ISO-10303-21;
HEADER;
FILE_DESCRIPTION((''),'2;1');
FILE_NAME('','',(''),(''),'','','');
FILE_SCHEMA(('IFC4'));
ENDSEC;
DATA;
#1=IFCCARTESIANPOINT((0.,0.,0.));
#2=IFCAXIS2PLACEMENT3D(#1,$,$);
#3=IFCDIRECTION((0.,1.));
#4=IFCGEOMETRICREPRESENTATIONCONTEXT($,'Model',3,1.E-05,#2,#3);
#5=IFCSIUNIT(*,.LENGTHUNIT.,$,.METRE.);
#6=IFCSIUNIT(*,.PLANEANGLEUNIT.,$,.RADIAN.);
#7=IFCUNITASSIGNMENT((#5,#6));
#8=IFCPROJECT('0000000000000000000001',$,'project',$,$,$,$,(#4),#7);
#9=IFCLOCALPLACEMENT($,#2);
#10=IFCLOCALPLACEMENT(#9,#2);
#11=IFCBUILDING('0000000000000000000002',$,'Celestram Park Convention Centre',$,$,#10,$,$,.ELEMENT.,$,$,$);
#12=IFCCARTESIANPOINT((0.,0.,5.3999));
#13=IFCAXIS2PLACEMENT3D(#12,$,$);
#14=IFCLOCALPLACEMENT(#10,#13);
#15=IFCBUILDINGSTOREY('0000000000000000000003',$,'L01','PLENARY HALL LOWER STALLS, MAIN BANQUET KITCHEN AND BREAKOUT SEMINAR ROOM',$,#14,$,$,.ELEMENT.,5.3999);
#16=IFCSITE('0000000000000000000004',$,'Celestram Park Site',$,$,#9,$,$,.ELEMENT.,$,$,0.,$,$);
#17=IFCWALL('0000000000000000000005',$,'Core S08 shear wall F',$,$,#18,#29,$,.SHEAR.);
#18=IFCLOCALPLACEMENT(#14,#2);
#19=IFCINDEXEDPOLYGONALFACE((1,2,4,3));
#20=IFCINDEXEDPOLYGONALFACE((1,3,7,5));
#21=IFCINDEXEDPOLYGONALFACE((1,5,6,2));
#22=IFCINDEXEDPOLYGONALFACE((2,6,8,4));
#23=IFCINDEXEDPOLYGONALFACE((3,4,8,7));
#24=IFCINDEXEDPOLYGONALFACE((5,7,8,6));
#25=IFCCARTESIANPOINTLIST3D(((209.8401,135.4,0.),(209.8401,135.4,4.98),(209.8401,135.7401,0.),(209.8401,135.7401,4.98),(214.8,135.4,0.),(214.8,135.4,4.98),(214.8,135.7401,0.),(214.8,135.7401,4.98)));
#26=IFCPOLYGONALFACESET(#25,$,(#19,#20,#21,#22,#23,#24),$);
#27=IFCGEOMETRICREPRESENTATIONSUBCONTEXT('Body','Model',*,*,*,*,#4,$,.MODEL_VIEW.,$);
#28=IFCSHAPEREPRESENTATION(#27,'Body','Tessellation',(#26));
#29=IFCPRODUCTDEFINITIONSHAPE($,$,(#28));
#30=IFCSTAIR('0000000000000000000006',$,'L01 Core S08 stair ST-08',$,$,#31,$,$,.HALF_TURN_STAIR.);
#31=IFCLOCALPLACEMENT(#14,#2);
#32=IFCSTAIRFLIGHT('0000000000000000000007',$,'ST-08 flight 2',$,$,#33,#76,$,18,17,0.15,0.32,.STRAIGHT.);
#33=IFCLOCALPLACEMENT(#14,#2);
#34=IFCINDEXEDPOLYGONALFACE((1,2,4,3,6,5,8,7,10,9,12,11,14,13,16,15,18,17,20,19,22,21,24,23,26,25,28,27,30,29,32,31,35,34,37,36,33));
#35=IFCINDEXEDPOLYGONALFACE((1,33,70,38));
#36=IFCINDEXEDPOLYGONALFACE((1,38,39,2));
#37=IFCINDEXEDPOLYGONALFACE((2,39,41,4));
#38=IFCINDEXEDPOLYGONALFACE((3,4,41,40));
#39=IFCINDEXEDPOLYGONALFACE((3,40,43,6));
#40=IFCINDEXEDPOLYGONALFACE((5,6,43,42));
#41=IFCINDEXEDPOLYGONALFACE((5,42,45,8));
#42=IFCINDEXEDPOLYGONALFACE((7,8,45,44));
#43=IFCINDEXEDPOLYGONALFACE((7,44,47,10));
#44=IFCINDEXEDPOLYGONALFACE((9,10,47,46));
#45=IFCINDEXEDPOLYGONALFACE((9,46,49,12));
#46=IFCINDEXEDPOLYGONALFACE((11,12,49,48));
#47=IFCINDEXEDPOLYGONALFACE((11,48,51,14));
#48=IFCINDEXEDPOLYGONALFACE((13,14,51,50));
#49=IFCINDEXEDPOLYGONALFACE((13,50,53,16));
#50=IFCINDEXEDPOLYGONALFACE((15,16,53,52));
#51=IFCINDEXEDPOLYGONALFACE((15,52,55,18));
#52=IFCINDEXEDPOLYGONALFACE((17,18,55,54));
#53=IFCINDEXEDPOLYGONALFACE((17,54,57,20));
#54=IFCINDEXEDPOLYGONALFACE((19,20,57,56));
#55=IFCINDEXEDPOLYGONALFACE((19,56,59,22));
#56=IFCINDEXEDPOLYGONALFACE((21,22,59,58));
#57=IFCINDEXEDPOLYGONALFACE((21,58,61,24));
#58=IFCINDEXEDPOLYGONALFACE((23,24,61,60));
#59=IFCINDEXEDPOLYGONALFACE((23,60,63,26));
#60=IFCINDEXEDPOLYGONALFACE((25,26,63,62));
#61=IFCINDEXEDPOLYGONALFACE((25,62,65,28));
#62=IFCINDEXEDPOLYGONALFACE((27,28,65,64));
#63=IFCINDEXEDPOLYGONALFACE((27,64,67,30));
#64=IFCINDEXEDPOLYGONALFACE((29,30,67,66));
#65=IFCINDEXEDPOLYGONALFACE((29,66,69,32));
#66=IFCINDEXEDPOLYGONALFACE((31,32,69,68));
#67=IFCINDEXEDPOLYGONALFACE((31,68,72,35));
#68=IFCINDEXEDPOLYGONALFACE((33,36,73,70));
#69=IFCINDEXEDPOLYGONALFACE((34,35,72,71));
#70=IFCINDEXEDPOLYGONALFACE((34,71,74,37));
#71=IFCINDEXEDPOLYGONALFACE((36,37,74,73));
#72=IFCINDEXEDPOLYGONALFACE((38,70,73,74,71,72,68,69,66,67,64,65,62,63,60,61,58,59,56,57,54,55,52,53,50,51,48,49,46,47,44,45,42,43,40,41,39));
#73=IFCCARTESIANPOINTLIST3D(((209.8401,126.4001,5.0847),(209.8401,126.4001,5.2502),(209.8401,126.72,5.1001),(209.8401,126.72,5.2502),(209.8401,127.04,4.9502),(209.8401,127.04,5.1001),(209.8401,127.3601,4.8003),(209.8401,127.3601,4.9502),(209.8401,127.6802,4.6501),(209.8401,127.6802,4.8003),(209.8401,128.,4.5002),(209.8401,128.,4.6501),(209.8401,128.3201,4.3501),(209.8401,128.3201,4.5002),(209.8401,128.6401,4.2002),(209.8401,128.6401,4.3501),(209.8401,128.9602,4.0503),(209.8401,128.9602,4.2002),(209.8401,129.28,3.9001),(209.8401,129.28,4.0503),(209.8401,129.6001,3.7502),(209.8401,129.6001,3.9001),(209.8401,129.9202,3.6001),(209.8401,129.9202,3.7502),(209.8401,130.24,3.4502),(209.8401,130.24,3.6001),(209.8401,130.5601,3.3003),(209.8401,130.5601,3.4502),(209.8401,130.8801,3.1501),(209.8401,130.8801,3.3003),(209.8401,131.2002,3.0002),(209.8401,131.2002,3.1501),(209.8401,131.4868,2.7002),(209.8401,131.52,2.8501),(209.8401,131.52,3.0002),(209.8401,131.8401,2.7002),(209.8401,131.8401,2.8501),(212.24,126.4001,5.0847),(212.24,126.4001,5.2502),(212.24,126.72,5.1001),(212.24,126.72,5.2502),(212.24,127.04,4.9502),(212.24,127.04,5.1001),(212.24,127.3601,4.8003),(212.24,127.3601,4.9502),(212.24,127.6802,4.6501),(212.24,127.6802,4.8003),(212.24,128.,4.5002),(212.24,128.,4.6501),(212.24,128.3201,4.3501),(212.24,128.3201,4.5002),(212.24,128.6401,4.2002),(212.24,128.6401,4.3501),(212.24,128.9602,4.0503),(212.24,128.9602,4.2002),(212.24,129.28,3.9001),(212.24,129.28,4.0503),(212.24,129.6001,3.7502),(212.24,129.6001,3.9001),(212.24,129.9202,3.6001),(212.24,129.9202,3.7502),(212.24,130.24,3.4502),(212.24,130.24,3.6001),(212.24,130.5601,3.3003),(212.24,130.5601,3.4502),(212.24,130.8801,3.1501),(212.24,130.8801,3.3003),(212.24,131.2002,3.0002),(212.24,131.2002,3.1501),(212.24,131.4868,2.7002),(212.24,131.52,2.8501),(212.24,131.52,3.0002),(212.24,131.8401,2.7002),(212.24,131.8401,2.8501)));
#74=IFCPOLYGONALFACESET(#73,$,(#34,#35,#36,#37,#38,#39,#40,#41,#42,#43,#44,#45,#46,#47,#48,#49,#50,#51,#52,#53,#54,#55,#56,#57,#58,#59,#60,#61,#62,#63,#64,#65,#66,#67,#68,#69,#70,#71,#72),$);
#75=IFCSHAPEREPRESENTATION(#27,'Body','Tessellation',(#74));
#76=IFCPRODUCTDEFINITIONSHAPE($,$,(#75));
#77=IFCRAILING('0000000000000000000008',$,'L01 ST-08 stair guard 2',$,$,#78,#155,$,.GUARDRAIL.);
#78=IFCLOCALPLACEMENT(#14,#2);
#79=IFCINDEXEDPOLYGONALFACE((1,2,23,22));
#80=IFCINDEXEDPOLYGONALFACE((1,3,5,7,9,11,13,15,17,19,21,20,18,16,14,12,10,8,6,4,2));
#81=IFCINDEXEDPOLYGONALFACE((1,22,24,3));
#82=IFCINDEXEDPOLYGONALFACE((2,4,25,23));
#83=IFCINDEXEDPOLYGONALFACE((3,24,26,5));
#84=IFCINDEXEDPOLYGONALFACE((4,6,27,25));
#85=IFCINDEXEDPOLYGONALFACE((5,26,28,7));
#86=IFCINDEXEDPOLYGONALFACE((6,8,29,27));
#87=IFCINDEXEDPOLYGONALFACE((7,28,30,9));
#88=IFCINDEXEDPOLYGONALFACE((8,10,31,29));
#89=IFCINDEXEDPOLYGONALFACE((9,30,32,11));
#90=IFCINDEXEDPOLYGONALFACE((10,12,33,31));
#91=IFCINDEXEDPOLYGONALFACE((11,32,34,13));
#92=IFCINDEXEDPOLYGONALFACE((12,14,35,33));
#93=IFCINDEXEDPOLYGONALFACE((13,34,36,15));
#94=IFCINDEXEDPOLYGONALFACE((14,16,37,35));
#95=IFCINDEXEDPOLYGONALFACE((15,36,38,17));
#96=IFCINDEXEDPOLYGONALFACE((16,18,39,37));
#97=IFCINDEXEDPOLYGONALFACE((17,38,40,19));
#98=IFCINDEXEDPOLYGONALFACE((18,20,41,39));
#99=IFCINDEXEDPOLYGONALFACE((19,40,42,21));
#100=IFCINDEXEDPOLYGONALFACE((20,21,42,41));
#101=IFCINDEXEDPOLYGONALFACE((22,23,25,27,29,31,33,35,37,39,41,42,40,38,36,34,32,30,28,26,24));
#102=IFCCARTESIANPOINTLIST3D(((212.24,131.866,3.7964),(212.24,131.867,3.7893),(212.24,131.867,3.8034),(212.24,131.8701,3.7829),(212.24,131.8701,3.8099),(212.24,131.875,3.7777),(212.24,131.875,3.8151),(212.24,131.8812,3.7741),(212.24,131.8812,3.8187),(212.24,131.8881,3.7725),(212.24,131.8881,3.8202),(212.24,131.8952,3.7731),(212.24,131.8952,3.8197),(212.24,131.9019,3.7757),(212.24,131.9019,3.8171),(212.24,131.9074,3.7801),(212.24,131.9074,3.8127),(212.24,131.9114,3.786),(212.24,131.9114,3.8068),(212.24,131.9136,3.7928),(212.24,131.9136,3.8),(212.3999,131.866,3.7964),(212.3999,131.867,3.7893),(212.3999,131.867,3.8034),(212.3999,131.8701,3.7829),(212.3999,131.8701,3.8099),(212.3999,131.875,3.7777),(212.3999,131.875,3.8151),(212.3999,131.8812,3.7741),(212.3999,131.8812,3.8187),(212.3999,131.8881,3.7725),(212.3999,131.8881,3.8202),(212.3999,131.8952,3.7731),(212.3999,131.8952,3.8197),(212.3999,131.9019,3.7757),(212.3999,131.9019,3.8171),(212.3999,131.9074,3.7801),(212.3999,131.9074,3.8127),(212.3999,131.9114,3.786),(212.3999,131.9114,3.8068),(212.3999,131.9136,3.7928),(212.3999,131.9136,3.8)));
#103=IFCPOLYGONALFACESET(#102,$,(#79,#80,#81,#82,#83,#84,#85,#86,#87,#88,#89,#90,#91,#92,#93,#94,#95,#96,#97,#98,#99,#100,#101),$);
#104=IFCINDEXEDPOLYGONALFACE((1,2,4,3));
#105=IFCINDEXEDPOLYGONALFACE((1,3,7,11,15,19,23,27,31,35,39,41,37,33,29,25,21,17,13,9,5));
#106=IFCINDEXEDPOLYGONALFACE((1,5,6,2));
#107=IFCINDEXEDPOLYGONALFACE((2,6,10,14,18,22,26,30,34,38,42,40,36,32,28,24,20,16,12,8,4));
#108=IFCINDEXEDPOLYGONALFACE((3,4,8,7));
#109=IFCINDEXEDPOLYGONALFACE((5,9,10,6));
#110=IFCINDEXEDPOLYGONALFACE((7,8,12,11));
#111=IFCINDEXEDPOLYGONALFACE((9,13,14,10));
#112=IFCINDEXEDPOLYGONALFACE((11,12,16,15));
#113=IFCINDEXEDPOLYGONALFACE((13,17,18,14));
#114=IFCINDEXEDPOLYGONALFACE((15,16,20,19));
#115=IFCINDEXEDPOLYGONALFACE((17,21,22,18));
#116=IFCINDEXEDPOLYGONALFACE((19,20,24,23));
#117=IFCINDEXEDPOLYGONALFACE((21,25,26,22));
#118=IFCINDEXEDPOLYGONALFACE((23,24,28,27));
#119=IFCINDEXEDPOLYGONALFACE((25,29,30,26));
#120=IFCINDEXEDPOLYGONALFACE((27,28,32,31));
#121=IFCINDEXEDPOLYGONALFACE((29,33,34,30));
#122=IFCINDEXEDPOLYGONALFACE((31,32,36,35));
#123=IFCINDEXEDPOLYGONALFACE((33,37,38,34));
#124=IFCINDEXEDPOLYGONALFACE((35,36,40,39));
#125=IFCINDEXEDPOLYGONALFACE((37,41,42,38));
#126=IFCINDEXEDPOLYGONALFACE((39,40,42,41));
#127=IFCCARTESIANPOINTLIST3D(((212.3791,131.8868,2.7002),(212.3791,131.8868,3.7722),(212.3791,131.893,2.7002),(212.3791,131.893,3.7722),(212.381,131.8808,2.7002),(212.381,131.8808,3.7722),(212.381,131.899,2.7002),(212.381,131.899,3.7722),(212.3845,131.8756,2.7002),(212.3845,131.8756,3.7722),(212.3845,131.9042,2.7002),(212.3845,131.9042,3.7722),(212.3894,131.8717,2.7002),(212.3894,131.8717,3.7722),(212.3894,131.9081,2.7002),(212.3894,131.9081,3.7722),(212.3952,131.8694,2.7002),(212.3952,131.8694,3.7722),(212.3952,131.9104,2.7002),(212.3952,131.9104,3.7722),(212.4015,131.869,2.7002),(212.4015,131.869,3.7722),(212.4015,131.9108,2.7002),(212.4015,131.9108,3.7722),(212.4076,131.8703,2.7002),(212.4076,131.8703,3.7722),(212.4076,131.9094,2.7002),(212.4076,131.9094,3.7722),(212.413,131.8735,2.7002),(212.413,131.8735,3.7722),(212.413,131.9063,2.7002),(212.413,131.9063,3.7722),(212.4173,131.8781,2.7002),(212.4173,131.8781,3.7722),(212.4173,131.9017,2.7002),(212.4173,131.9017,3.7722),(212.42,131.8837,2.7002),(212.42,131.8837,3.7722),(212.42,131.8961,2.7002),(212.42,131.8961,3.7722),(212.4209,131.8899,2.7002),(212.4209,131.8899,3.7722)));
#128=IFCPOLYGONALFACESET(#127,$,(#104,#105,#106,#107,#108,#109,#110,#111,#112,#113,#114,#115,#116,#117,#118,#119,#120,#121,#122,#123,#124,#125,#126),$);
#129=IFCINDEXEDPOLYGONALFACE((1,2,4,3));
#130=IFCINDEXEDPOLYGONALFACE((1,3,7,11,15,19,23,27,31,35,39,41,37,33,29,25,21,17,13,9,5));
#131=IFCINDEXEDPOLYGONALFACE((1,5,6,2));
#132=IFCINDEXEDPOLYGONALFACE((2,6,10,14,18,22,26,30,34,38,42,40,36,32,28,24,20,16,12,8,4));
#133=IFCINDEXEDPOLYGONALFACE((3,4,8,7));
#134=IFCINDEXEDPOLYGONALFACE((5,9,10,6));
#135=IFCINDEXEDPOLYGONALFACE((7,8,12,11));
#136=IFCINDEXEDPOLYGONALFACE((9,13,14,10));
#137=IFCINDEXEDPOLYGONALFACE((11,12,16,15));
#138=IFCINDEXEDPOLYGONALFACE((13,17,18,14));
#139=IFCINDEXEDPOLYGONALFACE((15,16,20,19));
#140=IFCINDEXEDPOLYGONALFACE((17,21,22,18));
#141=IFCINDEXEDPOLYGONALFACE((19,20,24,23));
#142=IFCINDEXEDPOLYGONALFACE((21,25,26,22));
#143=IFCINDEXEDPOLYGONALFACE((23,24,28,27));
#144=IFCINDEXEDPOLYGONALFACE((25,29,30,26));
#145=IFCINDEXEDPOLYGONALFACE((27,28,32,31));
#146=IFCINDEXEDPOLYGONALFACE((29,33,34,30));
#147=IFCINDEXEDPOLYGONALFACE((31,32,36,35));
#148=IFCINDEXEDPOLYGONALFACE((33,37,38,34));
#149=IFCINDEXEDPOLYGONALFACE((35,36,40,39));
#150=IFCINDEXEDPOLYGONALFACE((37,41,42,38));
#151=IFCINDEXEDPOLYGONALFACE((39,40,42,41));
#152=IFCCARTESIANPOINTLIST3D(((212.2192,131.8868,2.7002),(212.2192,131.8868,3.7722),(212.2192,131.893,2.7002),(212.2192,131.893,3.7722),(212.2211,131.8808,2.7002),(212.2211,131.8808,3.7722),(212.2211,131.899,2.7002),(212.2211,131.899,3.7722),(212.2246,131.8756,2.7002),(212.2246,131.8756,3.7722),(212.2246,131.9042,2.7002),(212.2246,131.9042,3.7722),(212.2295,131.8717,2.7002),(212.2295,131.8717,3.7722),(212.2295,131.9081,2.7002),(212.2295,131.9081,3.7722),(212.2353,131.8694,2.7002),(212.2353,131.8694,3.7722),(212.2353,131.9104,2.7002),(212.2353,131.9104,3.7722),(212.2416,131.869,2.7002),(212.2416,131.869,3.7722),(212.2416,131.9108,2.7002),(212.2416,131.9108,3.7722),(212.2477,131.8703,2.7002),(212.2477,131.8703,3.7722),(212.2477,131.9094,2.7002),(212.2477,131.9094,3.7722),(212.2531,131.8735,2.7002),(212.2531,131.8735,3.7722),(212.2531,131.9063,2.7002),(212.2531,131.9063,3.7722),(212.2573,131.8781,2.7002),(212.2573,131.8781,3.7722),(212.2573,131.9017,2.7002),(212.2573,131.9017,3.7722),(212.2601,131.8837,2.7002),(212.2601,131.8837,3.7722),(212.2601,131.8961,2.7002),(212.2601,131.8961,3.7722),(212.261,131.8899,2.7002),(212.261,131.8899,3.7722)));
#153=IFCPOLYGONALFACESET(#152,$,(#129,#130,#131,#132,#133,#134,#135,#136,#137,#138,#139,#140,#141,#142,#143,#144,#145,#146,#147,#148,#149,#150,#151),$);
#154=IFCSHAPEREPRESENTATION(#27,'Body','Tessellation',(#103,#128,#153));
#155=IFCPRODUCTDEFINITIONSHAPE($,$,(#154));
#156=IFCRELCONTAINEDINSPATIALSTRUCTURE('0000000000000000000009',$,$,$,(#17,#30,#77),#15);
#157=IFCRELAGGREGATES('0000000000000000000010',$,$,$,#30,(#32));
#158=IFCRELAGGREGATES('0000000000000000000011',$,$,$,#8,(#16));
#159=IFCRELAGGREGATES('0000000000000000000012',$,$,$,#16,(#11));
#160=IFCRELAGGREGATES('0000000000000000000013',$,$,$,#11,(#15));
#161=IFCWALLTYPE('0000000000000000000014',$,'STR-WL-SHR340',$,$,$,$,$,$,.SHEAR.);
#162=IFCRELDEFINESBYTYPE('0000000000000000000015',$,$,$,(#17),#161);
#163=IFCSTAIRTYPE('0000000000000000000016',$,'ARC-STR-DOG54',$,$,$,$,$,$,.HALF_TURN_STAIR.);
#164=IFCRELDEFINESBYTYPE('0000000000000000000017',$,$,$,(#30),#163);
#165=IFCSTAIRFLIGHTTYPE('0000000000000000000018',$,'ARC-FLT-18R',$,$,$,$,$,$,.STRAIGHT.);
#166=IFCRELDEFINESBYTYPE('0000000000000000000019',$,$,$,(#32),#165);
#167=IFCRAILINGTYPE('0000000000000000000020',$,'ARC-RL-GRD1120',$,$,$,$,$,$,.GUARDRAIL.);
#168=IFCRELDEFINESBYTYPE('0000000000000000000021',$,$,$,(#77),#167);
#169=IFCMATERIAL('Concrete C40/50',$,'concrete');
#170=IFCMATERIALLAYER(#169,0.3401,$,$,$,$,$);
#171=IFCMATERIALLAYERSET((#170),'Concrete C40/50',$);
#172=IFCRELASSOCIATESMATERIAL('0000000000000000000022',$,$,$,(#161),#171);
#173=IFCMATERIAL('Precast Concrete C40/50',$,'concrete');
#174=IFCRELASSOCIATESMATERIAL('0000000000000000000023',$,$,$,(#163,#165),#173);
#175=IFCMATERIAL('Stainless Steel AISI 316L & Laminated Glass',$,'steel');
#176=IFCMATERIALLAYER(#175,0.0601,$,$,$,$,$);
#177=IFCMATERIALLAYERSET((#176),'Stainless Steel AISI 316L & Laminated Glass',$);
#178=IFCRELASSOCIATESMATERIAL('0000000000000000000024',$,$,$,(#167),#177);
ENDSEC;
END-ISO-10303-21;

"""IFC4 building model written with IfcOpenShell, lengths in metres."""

from ifc_helpers import new_model, si_unit, direction, frame, frame_2d, origin, origin_2d, place, context, subcontext, project, spatial, polyline, rectangle, circle, outline, extrude, material, layer, layer_set, type_object, element, aggregate, save


model = new_model("IFC4")

# Units and contexts
model_context = context("Model", 3, precision=1e-05, world=origin(), true_north=direction((0.0, 1.0)))
body_context = subcontext(model_context, "Body", "Model", "MODEL_VIEW")
ifc_project = project(units=[si_unit("LENGTHUNIT", "METRE"), si_unit("PLANEANGLEUNIT", "RADIAN")], contexts=[model_context])

# Site, building, storey
site_placement = place(None, origin())
site = spatial("IfcSite", under=ifc_project, at=site_placement, Name="Celestram Park Site", CompositionType="ELEMENT", RefElevation=0.0)
building_placement = place(site_placement, origin())
building = spatial("IfcBuilding", under=site, at=building_placement, Name="Celestram Park Convention Centre", CompositionType="ELEMENT")
storey_placement = place(building_placement, frame((0.0, 0.0, 5.3999)))
storey = spatial("IfcBuildingStorey", under=building, at=storey_placement, Name="L01", Description="PLENARY HALL LOWER STALLS, MAIN BANQUET KITCHEN AND BREAKOUT SEMINAR ROOM", CompositionType="ELEMENT", Elevation=5.3999)

# Wall
ifc_material_1 = material(Name="Concrete C40/50", Category="concrete")
ifc_layer_1 = layer(ifc_material_1, 0.3401)
ifc_layer_set_1 = layer_set([ifc_layer_1], Name="Concrete C40/50")
wall_type_1 = type_object("IfcWallType", Name="STR-WL-SHR340", PredefinedType="SHEAR", material=ifc_layer_set_1)
wall_1_placement = place(storey_placement, frame((209.8401, 135.5701, 0.0), z_axis=(0.0, 0.0, 1.0), x_axis=(1.0, 0.0, 0.0)))
element("IfcWall", 1, at=wall_1_placement, inside=storey, type_object=wall_type_1, Name="Core S08 shear wall F", PredefinedType="SHEAR", context=body_context, shape_type="SweptSolid", body=[
    extrude(rectangle(XDim=4.96, YDim=0.3401, at=frame_2d((2.48, 0.0))), origin(), (0.0, 0.0, 1.0), 4.98),
])

# Stair, stair flight
ifc_material_2 = material(Name="Precast Concrete C40/50", Category="concrete")
stair_type = type_object("IfcStairType", Name="ARC-STR-DOG54", PredefinedType="HALF_TURN_STAIR", material=ifc_material_2)
stair_placement = place(storey_placement, origin())
stair = element("IfcStair", 2, at=stair_placement, inside=storey, type_object=stair_type, Name="L01 Core S08 stair ST-08", PredefinedType="HALF_TURN_STAIR")
stair_flight_type = type_object("IfcStairFlightType", Name="ARC-FLT-18R", PredefinedType="STRAIGHT", material=ifc_material_2)
stair_flight_placement = place(storey_placement, frame((211.04, 131.8401, 2.7002), z_axis=(0.0, 0.0, 1.0), x_axis=(0.0, -1.0, 0.0)))
stair_flight = element("IfcStairFlight", 3, at=stair_flight_placement, type_object=stair_flight_type, Name="ST-08 flight 2", NumberOfRisers=18, NumberOfTreads=17, PredefinedType="STRAIGHT", RiserHeight=0.15, TreadLength=0.32, context=body_context, shape_type="SweptSolid", body=[
    extrude(outline(polyline([(0.0, 0.0), (0.0, 0.1499), (0.3201, 0.1499), (0.3201, 0.3), (0.6399, 0.3), (0.6399, 0.45), (0.96, 0.45), (0.96, 0.6001), (1.28, 0.6001), (1.28, 0.75), (1.6001, 0.75), (1.6001, 0.8999), (1.9199, 0.8999), (1.9199, 1.05), (2.24, 1.05), (2.24, 1.2), (2.5601, 1.2), (2.5601, 1.3501), (2.8799, 1.3501), (2.8799, 1.5), (3.2, 1.5), (3.2, 1.6499), (3.52, 1.6499), (3.52, 1.8), (3.8401, 1.8), (3.8401, 1.95), (4.1599, 1.95), (4.1599, 2.1001), (4.48, 2.1001), (4.48, 2.25), (4.8, 2.25), (4.8, 2.3999), (5.1201, 2.3999), (5.1201, 2.55), (5.4399, 2.55), (5.4399, 2.7), (5.4399, 2.3845), (0.3533, 0.0), (0.0, 0.0)])), frame((0.0, 1.2, 0.0), z_axis=(0.0, -1.0, 0.0), x_axis=(1.0, 0.0, 0.0)), (0.0, 0.0, 1.0), 2.3999),
])
aggregate(stair, [stair_flight])

# Railing
ifc_material_3 = material(Name="Stainless Steel AISI 316L & Laminated Glass", Category="steel")
ifc_layer_2 = layer(ifc_material_3, 0.0601)
ifc_layer_set_2 = layer_set([ifc_layer_2], Name="Stainless Steel AISI 316L & Laminated Glass")
railing_type_1 = type_object("IfcRailingType", Name="ARC-RL-GRD1120", PredefinedType="GUARDRAIL", material=ifc_layer_set_2)
railing_1_placement = place(storey_placement, frame((212.3999, 131.8899, 2.7002)))
element("IfcRailing", 4, at=railing_1_placement, inside=storey, type_object=railing_type_1, Name="L01 ST-08 stair guard 2", PredefinedType="GUARDRAIL", context=body_context, shape_type="SweptSolid", body=[
    extrude(circle(Radius=0.0239, at=origin_2d()), frame((0.0, 0.0, 1.0962), z_axis=(-1.0, 0.0, 0.0), x_axis=(0.0, -1.0, 0.0)), (0.0, 0.0, 1.0), 0.1599),
    extrude(circle(Radius=0.021, at=origin_2d()), origin(), (0.0, 0.0, 1.0), 1.072),
    extrude(circle(Radius=0.021, at=origin_2d()), frame((-0.1599, 0.0, 0.0)), (0.0, 0.0, 1.0), 1.072),
])

save(model, "model.ifc")
